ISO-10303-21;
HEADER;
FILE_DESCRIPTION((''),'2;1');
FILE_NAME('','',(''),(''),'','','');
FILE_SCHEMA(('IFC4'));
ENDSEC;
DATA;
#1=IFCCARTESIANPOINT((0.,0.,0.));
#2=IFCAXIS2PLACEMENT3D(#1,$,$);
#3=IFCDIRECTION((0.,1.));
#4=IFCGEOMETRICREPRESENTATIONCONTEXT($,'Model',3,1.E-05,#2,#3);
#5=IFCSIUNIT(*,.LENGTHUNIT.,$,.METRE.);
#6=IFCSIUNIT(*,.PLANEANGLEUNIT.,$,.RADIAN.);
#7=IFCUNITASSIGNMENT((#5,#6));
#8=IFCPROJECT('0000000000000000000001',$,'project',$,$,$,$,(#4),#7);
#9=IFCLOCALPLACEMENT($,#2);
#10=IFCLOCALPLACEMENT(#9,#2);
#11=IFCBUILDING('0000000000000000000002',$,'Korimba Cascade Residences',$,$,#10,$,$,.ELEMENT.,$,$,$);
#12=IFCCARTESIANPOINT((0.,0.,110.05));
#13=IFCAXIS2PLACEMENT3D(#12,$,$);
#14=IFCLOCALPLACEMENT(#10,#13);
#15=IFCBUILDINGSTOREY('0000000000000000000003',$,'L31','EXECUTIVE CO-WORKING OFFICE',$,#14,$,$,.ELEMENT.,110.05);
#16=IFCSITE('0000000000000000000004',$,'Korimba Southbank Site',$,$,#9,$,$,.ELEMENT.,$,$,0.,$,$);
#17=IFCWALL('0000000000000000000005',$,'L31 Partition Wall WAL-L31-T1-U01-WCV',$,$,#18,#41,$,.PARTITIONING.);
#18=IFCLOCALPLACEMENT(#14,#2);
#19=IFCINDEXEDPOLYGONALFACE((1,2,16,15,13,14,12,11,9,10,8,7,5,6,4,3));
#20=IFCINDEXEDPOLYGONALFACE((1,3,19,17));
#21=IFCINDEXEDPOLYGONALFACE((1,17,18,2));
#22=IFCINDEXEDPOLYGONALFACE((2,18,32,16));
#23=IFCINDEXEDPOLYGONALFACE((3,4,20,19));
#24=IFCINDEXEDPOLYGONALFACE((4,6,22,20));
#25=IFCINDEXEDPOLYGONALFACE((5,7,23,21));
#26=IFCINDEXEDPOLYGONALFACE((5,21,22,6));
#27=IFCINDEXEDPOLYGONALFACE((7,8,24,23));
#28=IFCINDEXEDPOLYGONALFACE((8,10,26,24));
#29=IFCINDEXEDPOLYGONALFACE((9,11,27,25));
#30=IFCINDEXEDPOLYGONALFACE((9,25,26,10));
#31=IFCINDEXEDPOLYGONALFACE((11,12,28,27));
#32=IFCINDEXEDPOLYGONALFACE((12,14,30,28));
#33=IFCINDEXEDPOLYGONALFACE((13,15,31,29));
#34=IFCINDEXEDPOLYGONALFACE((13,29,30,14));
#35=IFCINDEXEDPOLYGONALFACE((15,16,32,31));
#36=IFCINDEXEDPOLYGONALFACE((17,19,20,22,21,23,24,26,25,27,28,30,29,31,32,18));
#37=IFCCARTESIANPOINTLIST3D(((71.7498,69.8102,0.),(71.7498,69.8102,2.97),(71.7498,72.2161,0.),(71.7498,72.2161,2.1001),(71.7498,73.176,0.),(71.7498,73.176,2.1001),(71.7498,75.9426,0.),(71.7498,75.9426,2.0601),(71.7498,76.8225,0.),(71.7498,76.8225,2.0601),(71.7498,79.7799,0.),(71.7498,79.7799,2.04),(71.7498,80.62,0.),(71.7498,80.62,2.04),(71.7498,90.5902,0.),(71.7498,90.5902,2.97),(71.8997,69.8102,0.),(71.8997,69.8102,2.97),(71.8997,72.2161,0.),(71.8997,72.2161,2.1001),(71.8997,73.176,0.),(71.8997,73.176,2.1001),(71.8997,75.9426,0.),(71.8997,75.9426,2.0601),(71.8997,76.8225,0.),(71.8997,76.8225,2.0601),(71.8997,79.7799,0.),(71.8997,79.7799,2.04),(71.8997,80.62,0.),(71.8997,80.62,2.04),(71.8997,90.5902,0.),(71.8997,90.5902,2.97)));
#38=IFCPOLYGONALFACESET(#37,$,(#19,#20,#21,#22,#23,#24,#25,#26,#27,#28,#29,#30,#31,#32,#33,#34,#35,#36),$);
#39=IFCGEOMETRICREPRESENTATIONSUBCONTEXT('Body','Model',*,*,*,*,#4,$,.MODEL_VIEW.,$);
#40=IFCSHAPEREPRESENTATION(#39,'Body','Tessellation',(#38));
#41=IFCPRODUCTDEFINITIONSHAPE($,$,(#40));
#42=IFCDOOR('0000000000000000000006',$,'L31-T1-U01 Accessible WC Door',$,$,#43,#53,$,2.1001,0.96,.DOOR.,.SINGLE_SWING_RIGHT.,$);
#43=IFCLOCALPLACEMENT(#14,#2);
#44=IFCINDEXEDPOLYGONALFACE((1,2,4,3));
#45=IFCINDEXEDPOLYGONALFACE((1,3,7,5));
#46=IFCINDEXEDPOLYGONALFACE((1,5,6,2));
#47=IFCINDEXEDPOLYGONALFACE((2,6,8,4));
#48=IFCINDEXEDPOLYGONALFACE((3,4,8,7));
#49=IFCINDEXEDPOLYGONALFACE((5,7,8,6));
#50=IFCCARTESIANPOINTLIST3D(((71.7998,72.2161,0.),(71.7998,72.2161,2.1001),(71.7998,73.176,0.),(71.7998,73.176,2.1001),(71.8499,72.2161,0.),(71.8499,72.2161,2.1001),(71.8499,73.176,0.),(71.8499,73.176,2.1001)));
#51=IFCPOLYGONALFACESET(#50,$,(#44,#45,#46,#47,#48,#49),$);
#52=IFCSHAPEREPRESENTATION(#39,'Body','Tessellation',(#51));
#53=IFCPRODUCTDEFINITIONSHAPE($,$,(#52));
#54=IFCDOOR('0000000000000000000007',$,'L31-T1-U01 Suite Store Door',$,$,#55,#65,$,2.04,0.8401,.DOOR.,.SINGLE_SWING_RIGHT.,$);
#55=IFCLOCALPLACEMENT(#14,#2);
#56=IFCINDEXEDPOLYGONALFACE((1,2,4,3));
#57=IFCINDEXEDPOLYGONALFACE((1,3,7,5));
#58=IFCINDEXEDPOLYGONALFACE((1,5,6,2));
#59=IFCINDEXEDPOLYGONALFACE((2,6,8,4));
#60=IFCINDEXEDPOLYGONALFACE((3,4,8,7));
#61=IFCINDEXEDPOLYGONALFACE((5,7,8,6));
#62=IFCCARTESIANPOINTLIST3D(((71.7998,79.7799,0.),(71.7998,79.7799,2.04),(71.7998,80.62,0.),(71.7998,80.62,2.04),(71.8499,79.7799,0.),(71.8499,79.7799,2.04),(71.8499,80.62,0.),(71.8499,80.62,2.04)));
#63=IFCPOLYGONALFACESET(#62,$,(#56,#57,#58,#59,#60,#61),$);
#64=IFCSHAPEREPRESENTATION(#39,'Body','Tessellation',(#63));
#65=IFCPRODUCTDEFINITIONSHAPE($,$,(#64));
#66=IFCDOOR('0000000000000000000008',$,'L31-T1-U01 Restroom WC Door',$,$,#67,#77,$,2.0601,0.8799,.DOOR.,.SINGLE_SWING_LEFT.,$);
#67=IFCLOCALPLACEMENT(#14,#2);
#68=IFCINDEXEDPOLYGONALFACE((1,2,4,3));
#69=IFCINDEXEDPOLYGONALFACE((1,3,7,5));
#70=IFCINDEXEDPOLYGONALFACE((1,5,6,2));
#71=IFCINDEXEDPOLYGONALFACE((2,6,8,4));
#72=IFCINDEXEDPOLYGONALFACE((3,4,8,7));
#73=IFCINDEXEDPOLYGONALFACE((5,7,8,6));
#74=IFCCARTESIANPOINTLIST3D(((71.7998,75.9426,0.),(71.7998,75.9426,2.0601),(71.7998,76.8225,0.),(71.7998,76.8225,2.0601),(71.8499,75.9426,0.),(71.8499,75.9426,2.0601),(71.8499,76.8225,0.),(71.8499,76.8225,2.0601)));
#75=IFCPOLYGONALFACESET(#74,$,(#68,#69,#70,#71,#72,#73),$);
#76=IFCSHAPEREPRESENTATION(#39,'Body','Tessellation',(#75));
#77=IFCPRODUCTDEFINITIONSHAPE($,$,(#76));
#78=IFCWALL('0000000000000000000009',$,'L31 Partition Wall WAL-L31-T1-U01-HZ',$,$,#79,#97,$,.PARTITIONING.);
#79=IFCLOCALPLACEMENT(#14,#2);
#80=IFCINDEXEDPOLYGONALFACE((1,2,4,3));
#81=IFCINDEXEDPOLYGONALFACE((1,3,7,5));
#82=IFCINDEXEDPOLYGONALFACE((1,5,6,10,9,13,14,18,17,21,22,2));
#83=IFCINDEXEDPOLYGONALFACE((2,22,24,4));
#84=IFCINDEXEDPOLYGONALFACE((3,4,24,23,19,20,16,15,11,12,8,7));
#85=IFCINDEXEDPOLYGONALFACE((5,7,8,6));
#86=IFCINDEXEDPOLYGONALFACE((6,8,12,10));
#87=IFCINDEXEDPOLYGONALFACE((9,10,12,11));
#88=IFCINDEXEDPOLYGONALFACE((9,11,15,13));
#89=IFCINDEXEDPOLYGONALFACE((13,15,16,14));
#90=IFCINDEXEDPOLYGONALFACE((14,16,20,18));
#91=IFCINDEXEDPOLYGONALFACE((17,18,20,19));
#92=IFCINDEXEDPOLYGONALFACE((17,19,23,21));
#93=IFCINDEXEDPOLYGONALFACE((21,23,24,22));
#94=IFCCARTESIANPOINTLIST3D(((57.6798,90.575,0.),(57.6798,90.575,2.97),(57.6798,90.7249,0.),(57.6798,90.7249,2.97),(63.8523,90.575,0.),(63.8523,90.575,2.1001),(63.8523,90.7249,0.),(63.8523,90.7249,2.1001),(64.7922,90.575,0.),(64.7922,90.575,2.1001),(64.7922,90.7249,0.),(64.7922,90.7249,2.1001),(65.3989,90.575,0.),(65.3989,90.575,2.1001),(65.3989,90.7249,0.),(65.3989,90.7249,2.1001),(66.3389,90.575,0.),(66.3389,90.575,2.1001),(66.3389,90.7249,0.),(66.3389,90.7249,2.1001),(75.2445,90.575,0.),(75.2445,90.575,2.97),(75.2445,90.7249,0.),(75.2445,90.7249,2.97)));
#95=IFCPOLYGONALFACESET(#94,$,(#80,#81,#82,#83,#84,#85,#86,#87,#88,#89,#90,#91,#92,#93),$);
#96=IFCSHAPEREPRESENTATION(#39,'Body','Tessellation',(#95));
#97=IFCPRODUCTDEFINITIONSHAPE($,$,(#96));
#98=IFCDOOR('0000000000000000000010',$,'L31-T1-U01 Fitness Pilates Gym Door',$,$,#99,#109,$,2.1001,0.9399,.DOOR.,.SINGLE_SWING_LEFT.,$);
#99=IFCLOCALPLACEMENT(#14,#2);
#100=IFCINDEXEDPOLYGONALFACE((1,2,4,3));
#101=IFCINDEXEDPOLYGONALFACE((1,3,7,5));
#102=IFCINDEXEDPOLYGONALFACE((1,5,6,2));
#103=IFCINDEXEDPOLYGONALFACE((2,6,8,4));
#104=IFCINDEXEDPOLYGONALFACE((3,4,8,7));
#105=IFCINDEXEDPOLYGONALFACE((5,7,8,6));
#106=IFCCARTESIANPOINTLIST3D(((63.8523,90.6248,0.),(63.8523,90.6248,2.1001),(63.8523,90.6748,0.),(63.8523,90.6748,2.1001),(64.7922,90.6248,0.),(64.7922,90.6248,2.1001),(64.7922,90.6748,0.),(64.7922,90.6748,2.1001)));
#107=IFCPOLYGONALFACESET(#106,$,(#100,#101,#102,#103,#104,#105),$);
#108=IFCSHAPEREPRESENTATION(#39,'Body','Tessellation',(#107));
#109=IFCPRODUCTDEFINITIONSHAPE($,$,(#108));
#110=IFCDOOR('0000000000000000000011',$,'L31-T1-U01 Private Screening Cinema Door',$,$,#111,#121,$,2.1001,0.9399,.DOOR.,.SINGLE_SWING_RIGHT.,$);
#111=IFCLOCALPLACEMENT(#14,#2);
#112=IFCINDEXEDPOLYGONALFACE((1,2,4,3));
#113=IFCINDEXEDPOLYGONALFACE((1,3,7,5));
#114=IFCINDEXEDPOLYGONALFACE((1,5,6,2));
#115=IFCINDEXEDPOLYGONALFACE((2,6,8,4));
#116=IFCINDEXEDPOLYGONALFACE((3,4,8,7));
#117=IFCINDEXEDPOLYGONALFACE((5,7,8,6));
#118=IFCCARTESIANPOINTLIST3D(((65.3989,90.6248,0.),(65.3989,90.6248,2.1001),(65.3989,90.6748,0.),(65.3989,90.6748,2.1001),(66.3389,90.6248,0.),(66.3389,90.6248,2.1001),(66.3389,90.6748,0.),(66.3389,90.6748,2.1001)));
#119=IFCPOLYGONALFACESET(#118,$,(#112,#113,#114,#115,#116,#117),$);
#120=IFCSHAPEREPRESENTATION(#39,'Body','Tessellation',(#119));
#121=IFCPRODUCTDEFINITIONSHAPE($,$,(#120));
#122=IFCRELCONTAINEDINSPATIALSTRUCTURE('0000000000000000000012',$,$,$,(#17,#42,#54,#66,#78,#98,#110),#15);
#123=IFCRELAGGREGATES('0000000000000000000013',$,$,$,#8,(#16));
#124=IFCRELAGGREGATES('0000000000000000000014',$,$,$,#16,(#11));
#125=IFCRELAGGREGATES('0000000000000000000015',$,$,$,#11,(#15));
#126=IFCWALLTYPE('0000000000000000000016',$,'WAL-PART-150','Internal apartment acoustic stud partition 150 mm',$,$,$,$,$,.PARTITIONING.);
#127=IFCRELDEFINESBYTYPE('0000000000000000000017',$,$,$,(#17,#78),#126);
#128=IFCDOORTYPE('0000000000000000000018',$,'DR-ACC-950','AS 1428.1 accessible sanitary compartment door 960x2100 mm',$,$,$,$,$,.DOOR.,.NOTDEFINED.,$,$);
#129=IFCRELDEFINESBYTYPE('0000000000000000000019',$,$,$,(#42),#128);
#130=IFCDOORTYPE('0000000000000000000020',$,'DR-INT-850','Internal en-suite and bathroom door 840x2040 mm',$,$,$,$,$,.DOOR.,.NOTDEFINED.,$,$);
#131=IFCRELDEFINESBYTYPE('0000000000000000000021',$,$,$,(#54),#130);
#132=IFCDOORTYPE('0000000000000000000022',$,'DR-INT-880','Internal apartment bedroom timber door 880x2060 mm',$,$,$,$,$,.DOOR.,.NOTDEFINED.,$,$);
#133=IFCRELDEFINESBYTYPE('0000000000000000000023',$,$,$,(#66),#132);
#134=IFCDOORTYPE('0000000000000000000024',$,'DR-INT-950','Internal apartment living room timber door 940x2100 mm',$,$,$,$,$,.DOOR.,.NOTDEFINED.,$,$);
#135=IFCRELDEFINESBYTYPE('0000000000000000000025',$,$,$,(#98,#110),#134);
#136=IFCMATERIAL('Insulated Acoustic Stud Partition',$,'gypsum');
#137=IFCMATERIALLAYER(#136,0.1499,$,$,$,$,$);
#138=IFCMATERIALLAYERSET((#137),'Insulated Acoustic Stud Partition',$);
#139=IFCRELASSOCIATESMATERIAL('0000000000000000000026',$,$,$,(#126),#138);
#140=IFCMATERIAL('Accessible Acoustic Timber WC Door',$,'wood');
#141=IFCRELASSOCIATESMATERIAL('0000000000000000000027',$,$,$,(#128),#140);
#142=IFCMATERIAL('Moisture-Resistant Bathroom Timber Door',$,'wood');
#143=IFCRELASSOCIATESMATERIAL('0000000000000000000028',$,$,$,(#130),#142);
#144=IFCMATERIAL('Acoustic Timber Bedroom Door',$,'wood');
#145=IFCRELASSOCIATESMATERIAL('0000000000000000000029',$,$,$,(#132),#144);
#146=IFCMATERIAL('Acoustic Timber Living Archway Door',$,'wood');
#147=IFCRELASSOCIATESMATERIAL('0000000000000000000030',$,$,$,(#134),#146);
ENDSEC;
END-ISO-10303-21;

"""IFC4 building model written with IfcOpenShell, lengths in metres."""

from ifc_helpers import new_model, si_unit, direction, frame, frame_2d, origin, place, context, subcontext, project, spatial, rectangle, extrude, material, layer, layer_set, type_object, element, fill, save


model = new_model("IFC4")

# Units and contexts
model_context = context("Model", 3, precision=1e-05, world=origin(), true_north=direction((0.0, 1.0)))
body_context = subcontext(model_context, "Body", "Model", "MODEL_VIEW")
ifc_project = project(units=[si_unit("LENGTHUNIT", "METRE"), si_unit("PLANEANGLEUNIT", "RADIAN")], contexts=[model_context])

# Site, building, storey
site_placement = place(None, origin())
site = spatial("IfcSite", under=ifc_project, at=site_placement, Name="Korimba Southbank Site", CompositionType="ELEMENT", RefElevation=0.0)
building_placement = place(site_placement, origin())
building = spatial("IfcBuilding", under=site, at=building_placement, Name="Korimba Cascade Residences", CompositionType="ELEMENT")
storey_placement = place(building_placement, frame((0.0, 0.0, 110.05)))
storey = spatial("IfcBuildingStorey", under=building, at=storey_placement, Name="L31", Description="EXECUTIVE CO-WORKING OFFICE", CompositionType="ELEMENT", Elevation=110.05)

# Shared definitions
ifc_material_1 = material(Name="Insulated Acoustic Stud Partition", Category="gypsum")
ifc_layer_1 = layer(ifc_material_1, 0.1499)
ifc_layer_set_1 = layer_set([ifc_layer_1], Name="Insulated Acoustic Stud Partition")
wall_type_1 = type_object("IfcWallType", Name="WAL-PART-150", Description="Internal apartment acoustic stud partition 150 mm", PredefinedType="PARTITIONING", material=ifc_layer_set_1)

# Walls, openings, doors
wall_1_placement = place(storey_placement, frame((71.8247, 69.8101, 0.0), z_axis=(0.0, 0.0, 1.0), x_axis=(0.0, 1.0, 0.0)))
wall_1 = element("IfcWall", 1, at=wall_1_placement, inside=storey, type_object=wall_type_1, Name="L31 Partition Wall WAL-L31-T1-U01-WCV", PredefinedType="PARTITIONING", context=body_context, shape_type="SweptSolid", body=[
    extrude(rectangle(XDim=20.78, YDim=0.1499, at=frame_2d((10.3901, 0.0))), origin(), (0.0, 0.0, 1.0), 2.97),
])
opening_1_placement = place(wall_1_placement, frame((2.406, 0.0, 0.0)))
opening_1 = element("IfcOpeningElement", 2, at=opening_1_placement, cuts=wall_1, PredefinedType="OPENING", context=body_context, shape_type="SweptSolid", body=[
    extrude(rectangle(XDim=0.96, YDim=2.1001, at=frame_2d((0.48, 1.05))), frame((0.0, 0.085, 0.0), z_axis=(0.0, -1.0, 0.0), x_axis=(1.0, 0.0, 0.0)), (0.0, 0.0, 1.0), 0.1699),
])
opening_2_placement = place(wall_1_placement, frame((6.1326, 0.0, 0.0)))
opening_2 = element("IfcOpeningElement", 3, at=opening_2_placement, cuts=wall_1, PredefinedType="OPENING", context=body_context, shape_type="SweptSolid", body=[
    extrude(rectangle(XDim=0.8799, YDim=2.0601, at=frame_2d((0.4399, 1.03))), frame((0.0, 0.085, 0.0), z_axis=(0.0, -1.0, 0.0), x_axis=(1.0, 0.0, 0.0)), (0.0, 0.0, 1.0), 0.1699),
])
opening_3_placement = place(wall_1_placement, frame((9.97, 0.0, 0.0)))
opening_3 = element("IfcOpeningElement", 4, at=opening_3_placement, cuts=wall_1, PredefinedType="OPENING", context=body_context, shape_type="SweptSolid", body=[
    extrude(rectangle(XDim=0.8401, YDim=2.04, at=frame_2d((0.4199, 1.02))), frame((0.0, 0.085, 0.0), z_axis=(0.0, -1.0, 0.0), x_axis=(1.0, 0.0, 0.0)), (0.0, 0.0, 1.0), 0.1699),
])
ifc_material_2 = material(Name="Accessible Acoustic Timber WC Door", Category="wood")
door_type_1 = type_object("IfcDoorType", Name="DR-ACC-950", Description="AS 1428.1 accessible sanitary compartment door 960x2100 mm", OperationType="NOTDEFINED", PredefinedType="DOOR", material=ifc_material_2)
door_1_placement = place(opening_1_placement, origin())
door_1 = element("IfcDoor", 5, at=door_1_placement, inside=storey, type_object=door_type_1, Name="L31-T1-U01 Accessible WC Door", OperationType="SINGLE_SWING_RIGHT", OverallHeight=2.1001, OverallWidth=0.96, PredefinedType="DOOR", context=body_context, shape_type="SweptSolid", body=[
    extrude(rectangle(XDim=0.96, YDim=2.1001, at=frame_2d((0.48, 1.05))), frame((0.0, 0.0249, 0.0), z_axis=(0.0, -1.0, 0.0), x_axis=(1.0, 0.0, 0.0)), (0.0, 0.0, 1.0), 0.05),
])
fill(opening_1, door_1)
ifc_material_3 = material(Name="Moisture-Resistant Bathroom Timber Door", Category="wood")
door_type_2 = type_object("IfcDoorType", Name="DR-INT-850", Description="Internal en-suite and bathroom door 840x2040 mm", OperationType="NOTDEFINED", PredefinedType="DOOR", material=ifc_material_3)
door_2_placement = place(opening_3_placement, origin())
door_2 = element("IfcDoor", 6, at=door_2_placement, inside=storey, type_object=door_type_2, Name="L31-T1-U01 Suite Store Door", OperationType="SINGLE_SWING_RIGHT", OverallHeight=2.04, OverallWidth=0.8401, PredefinedType="DOOR", context=body_context, shape_type="SweptSolid", body=[
    extrude(rectangle(XDim=0.8401, YDim=2.04, at=frame_2d((0.4199, 1.02))), frame((0.0, 0.0249, 0.0), z_axis=(0.0, -1.0, 0.0), x_axis=(1.0, 0.0, 0.0)), (0.0, 0.0, 1.0), 0.05),
])
fill(opening_3, door_2)
ifc_material_4 = material(Name="Acoustic Timber Bedroom Door", Category="wood")
door_type_3 = type_object("IfcDoorType", Name="DR-INT-880", Description="Internal apartment bedroom timber door 880x2060 mm", OperationType="NOTDEFINED", PredefinedType="DOOR", material=ifc_material_4)
door_3_placement = place(opening_2_placement, origin())
door_3 = element("IfcDoor", 7, at=door_3_placement, inside=storey, type_object=door_type_3, Name="L31-T1-U01 Restroom WC Door", OperationType="SINGLE_SWING_LEFT", OverallHeight=2.0601, OverallWidth=0.8799, PredefinedType="DOOR", context=body_context, shape_type="SweptSolid", body=[
    extrude(rectangle(XDim=0.8799, YDim=2.0601, at=frame_2d((0.4399, 1.03))), frame((0.0, 0.0249, 0.0), z_axis=(0.0, -1.0, 0.0), x_axis=(1.0, 0.0, 0.0)), (0.0, 0.0, 1.0), 0.05),
])
fill(opening_2, door_3)
wall_2_placement = place(storey_placement, frame((57.6799, 90.6499, 0.0), z_axis=(0.0, 0.0, 1.0), x_axis=(1.0, 0.0, 0.0)))
wall_2 = element("IfcWall", 8, at=wall_2_placement, inside=storey, type_object=wall_type_1, Name="L31 Partition Wall WAL-L31-T1-U01-HZ", PredefinedType="PARTITIONING", context=body_context, shape_type="SweptSolid", body=[
    extrude(rectangle(XDim=17.5647, YDim=0.1499, at=frame_2d((8.7822, 0.0))), origin(), (0.0, 0.0, 1.0), 2.97),
])
opening_4_placement = place(wall_2_placement, frame((6.1724, 0.0, 0.0)))
opening_4 = element("IfcOpeningElement", 9, at=opening_4_placement, cuts=wall_2, PredefinedType="OPENING", context=body_context, shape_type="SweptSolid", body=[
    extrude(rectangle(XDim=0.9399, YDim=2.1001, at=frame_2d((0.47, 1.05))), frame((0.0, 0.085, 0.0), z_axis=(0.0, -1.0, 0.0), x_axis=(1.0, 0.0, 0.0)), (0.0, 0.0, 1.0), 0.1699),
])
opening_5_placement = place(wall_2_placement, frame((7.719, 0.0, 0.0)))
opening_5 = element("IfcOpeningElement", 10, at=opening_5_placement, cuts=wall_2, PredefinedType="OPENING", context=body_context, shape_type="SweptSolid", body=[
    extrude(rectangle(XDim=0.9399, YDim=2.1001, at=frame_2d((0.47, 1.05))), frame((0.0, 0.085, 0.0), z_axis=(0.0, -1.0, 0.0), x_axis=(1.0, 0.0, 0.0)), (0.0, 0.0, 1.0), 0.1699),
])
ifc_material_5 = material(Name="Acoustic Timber Living Archway Door", Category="wood")
door_type_4 = type_object("IfcDoorType", Name="DR-INT-950", Description="Internal apartment living room timber door 940x2100 mm", OperationType="NOTDEFINED", PredefinedType="DOOR", material=ifc_material_5)
door_4_placement = place(opening_4_placement, origin())
door_4 = element("IfcDoor", 11, at=door_4_placement, inside=storey, type_object=door_type_4, Name="L31-T1-U01 Fitness Pilates Gym Door", OperationType="SINGLE_SWING_LEFT", OverallHeight=2.1001, OverallWidth=0.9399, PredefinedType="DOOR", context=body_context, shape_type="SweptSolid", body=[
    extrude(rectangle(XDim=0.9399, YDim=2.1001, at=frame_2d((0.47, 1.05))), frame((0.0, 0.0249, 0.0), z_axis=(0.0, -1.0, 0.0), x_axis=(1.0, 0.0, 0.0)), (0.0, 0.0, 1.0), 0.05),
])
fill(opening_4, door_4)
door_5_placement = place(opening_5_placement, origin())
door_5 = element("IfcDoor", 12, at=door_5_placement, inside=storey, type_object=door_type_4, Name="L31-T1-U01 Private Screening Cinema Door", OperationType="SINGLE_SWING_RIGHT", OverallHeight=2.1001, OverallWidth=0.9399, PredefinedType="DOOR", context=body_context, shape_type="SweptSolid", body=[
    extrude(rectangle(XDim=0.9399, YDim=2.1001, at=frame_2d((0.47, 1.05))), frame((0.0, 0.0249, 0.0), z_axis=(0.0, -1.0, 0.0), x_axis=(1.0, 0.0, 0.0)), (0.0, 0.0, 1.0), 0.05),
])
fill(opening_5, door_5)

save(model, "model.ifc")
